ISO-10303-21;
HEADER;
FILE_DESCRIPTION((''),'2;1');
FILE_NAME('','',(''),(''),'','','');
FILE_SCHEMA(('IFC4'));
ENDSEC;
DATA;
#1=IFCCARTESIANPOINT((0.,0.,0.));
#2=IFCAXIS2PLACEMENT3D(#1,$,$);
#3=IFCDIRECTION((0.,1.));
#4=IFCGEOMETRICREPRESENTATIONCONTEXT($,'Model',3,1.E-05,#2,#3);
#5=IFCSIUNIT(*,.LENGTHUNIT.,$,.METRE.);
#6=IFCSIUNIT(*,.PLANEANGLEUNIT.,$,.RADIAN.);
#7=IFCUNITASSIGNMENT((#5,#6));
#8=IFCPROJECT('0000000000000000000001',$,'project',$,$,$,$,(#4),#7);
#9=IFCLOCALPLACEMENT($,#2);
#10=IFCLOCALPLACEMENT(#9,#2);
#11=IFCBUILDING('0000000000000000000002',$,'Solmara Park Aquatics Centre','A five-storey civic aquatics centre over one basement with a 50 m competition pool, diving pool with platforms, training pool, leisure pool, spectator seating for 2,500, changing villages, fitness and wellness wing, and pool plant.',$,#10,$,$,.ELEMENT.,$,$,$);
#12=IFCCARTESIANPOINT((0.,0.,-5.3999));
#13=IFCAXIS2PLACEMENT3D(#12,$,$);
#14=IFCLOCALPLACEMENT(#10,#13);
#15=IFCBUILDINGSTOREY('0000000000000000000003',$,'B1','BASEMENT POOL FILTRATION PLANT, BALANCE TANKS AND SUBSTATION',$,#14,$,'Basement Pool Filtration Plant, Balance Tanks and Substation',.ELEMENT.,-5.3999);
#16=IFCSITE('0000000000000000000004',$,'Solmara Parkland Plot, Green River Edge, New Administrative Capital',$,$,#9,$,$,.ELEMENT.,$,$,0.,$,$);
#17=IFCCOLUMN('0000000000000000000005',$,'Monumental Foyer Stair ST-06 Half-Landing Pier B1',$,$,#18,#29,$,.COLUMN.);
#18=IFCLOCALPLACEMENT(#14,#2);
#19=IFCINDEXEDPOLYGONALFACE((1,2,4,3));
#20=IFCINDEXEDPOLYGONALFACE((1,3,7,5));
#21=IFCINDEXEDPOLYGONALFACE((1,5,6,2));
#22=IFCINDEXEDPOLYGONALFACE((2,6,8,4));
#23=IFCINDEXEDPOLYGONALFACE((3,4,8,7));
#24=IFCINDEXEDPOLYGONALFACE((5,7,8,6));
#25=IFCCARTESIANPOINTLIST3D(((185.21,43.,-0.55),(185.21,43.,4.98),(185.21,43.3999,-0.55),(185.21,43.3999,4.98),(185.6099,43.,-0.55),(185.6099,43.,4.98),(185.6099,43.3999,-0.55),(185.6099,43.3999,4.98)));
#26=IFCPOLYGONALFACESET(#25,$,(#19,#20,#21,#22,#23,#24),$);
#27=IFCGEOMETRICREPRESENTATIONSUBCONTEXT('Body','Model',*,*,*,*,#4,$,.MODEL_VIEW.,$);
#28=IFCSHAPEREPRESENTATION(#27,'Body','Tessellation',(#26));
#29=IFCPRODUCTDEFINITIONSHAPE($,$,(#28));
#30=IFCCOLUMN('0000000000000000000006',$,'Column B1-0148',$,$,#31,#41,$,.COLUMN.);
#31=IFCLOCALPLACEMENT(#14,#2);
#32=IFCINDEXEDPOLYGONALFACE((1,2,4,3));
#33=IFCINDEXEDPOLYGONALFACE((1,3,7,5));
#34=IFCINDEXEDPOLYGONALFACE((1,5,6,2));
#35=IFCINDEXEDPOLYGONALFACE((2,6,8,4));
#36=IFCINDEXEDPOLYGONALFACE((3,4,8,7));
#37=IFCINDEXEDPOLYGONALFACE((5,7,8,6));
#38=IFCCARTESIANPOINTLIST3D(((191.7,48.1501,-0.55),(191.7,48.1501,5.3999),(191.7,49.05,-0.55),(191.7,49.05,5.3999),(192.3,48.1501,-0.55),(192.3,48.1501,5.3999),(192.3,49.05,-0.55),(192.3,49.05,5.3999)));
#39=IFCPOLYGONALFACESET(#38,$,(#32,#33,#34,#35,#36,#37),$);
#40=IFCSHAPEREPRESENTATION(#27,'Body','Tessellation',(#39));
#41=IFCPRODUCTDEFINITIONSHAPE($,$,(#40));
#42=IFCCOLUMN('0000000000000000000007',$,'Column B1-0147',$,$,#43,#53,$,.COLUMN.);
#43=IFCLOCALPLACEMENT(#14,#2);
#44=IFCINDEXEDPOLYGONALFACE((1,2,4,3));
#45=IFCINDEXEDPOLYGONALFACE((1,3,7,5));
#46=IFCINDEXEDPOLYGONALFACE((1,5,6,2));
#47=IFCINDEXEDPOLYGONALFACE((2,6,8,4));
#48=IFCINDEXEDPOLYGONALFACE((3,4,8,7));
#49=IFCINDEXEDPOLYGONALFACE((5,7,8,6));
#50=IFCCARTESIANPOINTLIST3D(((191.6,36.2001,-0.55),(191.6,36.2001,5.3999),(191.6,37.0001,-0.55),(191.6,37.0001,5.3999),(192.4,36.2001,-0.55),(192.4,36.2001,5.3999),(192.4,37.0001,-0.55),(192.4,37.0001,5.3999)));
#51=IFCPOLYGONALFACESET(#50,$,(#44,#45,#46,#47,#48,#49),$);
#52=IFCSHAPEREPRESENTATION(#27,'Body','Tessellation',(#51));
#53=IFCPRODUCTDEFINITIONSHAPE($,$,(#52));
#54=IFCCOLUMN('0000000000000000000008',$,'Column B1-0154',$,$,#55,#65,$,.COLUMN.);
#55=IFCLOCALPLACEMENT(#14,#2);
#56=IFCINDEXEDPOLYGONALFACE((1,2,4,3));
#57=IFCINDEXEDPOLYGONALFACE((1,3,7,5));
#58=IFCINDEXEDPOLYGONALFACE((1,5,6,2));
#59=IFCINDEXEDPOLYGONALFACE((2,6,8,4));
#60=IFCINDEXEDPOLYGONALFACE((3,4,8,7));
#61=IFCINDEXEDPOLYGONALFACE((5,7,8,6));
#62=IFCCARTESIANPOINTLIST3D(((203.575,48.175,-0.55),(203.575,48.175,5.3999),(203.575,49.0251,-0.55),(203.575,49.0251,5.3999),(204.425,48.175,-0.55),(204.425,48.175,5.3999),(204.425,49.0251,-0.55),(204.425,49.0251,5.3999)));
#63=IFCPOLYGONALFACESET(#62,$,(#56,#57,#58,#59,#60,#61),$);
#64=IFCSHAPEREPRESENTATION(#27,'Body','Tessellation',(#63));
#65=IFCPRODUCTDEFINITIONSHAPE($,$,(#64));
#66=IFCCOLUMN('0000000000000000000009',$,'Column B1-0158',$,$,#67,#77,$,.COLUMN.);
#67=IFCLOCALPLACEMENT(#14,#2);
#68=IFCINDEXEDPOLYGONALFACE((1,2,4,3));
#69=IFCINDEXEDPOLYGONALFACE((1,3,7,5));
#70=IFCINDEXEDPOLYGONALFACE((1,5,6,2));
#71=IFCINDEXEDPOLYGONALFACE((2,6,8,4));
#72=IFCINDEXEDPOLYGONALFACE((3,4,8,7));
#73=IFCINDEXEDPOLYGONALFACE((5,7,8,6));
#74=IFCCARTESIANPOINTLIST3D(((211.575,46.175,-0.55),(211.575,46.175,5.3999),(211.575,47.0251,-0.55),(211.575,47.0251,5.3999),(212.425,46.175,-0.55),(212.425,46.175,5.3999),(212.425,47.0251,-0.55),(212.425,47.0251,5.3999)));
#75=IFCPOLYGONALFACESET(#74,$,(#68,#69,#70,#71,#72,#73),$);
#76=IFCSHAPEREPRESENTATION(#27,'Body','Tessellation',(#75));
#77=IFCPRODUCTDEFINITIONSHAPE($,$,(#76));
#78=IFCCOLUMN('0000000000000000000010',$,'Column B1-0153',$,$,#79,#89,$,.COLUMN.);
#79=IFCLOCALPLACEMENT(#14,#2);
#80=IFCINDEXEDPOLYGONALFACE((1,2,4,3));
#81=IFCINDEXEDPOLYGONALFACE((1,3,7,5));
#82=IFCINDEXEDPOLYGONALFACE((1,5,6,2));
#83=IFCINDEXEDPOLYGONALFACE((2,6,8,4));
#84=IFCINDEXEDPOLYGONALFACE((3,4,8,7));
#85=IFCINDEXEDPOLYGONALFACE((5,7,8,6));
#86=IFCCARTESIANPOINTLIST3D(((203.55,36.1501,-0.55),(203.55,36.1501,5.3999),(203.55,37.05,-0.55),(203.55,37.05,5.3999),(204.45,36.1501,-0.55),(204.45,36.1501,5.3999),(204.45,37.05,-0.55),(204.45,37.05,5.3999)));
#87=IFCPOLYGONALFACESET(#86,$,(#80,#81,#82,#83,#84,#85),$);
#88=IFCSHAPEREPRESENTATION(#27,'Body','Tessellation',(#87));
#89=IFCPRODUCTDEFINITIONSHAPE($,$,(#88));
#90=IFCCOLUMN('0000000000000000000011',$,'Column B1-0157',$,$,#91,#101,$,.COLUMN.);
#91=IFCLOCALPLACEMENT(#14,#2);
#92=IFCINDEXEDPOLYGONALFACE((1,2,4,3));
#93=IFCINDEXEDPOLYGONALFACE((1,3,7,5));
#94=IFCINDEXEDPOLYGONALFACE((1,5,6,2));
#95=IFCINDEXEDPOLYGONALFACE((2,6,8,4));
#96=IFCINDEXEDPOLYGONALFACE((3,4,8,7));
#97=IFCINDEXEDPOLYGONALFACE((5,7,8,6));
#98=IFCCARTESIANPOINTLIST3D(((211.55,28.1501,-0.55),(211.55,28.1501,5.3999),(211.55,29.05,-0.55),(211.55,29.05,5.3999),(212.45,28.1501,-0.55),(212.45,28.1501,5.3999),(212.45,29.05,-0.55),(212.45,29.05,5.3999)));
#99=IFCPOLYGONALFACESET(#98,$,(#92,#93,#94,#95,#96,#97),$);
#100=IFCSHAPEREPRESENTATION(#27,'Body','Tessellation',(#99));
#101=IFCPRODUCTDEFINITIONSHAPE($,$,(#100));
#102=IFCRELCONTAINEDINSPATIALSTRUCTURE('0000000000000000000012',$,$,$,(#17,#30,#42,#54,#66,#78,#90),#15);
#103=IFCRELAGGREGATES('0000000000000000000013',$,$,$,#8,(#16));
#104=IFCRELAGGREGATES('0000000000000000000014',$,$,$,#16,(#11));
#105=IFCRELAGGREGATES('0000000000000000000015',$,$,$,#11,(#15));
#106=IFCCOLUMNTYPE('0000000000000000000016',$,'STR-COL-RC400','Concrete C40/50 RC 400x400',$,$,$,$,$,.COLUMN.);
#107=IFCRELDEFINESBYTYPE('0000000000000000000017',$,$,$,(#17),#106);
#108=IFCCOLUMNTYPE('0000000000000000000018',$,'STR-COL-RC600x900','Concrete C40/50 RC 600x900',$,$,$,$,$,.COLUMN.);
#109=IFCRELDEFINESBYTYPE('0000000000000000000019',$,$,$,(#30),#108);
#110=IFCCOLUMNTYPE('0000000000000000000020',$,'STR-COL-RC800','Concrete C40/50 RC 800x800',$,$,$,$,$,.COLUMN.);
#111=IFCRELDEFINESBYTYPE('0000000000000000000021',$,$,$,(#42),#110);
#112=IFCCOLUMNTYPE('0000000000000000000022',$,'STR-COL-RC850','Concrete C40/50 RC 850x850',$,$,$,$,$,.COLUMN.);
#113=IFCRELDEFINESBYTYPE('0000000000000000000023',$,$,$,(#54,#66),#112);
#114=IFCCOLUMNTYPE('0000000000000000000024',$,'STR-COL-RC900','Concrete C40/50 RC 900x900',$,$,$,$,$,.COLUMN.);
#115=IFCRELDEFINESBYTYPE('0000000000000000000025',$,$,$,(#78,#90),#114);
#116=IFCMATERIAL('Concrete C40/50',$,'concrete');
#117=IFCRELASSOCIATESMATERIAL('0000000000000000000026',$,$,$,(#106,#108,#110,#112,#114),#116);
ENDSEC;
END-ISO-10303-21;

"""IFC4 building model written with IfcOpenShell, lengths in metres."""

from ifc_helpers import new_model, si_unit, direction, frame, origin, origin_2d, place, context, subcontext, project, spatial, rectangle, extrude, material, material_profile, profile_set, type_object, element, save


model = new_model("IFC4")

# Units and contexts
model_context = context("Model", 3, precision=1e-05, world=origin(), true_north=direction((0.0, 1.0)))
body_context = subcontext(model_context, "Body", "Model", "MODEL_VIEW")
ifc_project = project(units=[si_unit("LENGTHUNIT", "METRE"), si_unit("PLANEANGLEUNIT", "RADIAN")], contexts=[model_context])

# Site, building, storey
site_placement = place(None, origin())
site = spatial("IfcSite", under=ifc_project, at=site_placement, Name="Solmara Parkland Plot, Green River Edge, New Administrative Capital", CompositionType="ELEMENT", RefElevation=0.0)
building_placement = place(site_placement, origin())
building = spatial("IfcBuilding", under=site, at=building_placement, Name="Solmara Park Aquatics Centre", Description="A five-storey civic aquatics centre over one basement with a 50 m competition pool, diving pool with platforms, training pool, leisure pool, spectator seating for 2,500, changing villages, fitness and wellness wing, and pool plant.", CompositionType="ELEMENT")
storey_placement = place(building_placement, frame((0.0, 0.0, -5.3999)))
storey = spatial("IfcBuildingStorey", under=building, at=storey_placement, Name="B1", Description="BASEMENT POOL FILTRATION PLANT, BALANCE TANKS AND SUBSTATION", LongName="Basement Pool Filtration Plant, Balance Tanks and Substation", CompositionType="ELEMENT", Elevation=-5.3999)

# Columns
ifc_material_1 = material(Name="Concrete C40/50", Category="concrete")
ifc_material_profile_1 = material_profile(ifc_material_1, rectangle(XDim=0.3999, YDim=0.3999, at=origin_2d()), Name="RC 400x400")
ifc_profile_set_1 = profile_set([ifc_material_profile_1], Name="Concrete C40/50")
column_type_1 = type_object("IfcColumnType", Name="STR-COL-RC400", Description="Concrete C40/50 RC 400x400", PredefinedType="COLUMN", material=ifc_profile_set_1)
column_1_placement = place(storey_placement, frame((185.4099, 43.2, -0.55), z_axis=(0.0, 0.0, 1.0), x_axis=(1.0, 0.0, 0.0)))
element("IfcColumn", 1, at=column_1_placement, inside=storey, type_object=column_type_1, Name="Monumental Foyer Stair ST-06 Half-Landing Pier B1", PredefinedType="COLUMN", context=body_context, shape_type="SweptSolid", body=[
    extrude(rectangle(XDim=0.3999, YDim=0.3999, at=origin_2d()), origin(), (0.0, 0.0, 1.0), 5.53),
])
ifc_material_profile_2 = material_profile(ifc_material_1, rectangle(XDim=0.6001, YDim=0.8999, at=origin_2d()), Name="RC 600x900")
ifc_profile_set_2 = profile_set([ifc_material_profile_2], Name="Concrete C40/50")
column_type_2 = type_object("IfcColumnType", Name="STR-COL-RC600x900", Description="Concrete C40/50 RC 600x900", PredefinedType="COLUMN", material=ifc_profile_set_2)
column_2_placement = place(storey_placement, frame((192.0, 48.6001, -0.55), z_axis=(0.0, 0.0, 1.0), x_axis=(1.0, 0.0, 0.0)))
element("IfcColumn", 2, at=column_2_placement, inside=storey, type_object=column_type_2, Name="Column B1-0148", PredefinedType="COLUMN", context=body_context, shape_type="SweptSolid", body=[
    extrude(rectangle(XDim=0.6001, YDim=0.8999, at=origin_2d()), origin(), (0.0, 0.0, 1.0), 5.95),
])
ifc_material_profile_3 = material_profile(ifc_material_1, rectangle(XDim=0.8, YDim=0.8, at=origin_2d()), Name="RC 800x800")
ifc_profile_set_3 = profile_set([ifc_material_profile_3], Name="Concrete C40/50")
column_type_3 = type_object("IfcColumnType", Name="STR-COL-RC800", Description="Concrete C40/50 RC 800x800", PredefinedType="COLUMN", material=ifc_profile_set_3)
column_3_placement = place(storey_placement, frame((192.0, 36.6001, -0.55), z_axis=(0.0, 0.0, 1.0), x_axis=(1.0, 0.0, 0.0)))
element("IfcColumn", 3, at=column_3_placement, inside=storey, type_object=column_type_3, Name="Column B1-0147", PredefinedType="COLUMN", context=body_context, shape_type="SweptSolid", body=[
    extrude(rectangle(XDim=0.8, YDim=0.8, at=origin_2d()), origin(), (0.0, 0.0, 1.0), 5.95),
])
ifc_material_profile_4 = material_profile(ifc_material_1, rectangle(XDim=0.8501, YDim=0.8501, at=origin_2d()), Name="RC 850x850")
ifc_profile_set_4 = profile_set([ifc_material_profile_4], Name="Concrete C40/50")
column_type_4 = type_object("IfcColumnType", Name="STR-COL-RC850", Description="Concrete C40/50 RC 850x850", PredefinedType="COLUMN", material=ifc_profile_set_4)
for number, where, z_axis, x_axis, name in (
    (4, (204.0, 48.6001, -0.55), (0.0, 0.0, 1.0), (1.0, 0.0, 0.0), "Column B1-0154"),
    (5, (212.0, 46.6001, -0.55), (0.0, 0.0, 1.0), (1.0, 0.0, 0.0), "Column B1-0158"),
):
    element("IfcColumn", number, at=place(storey_placement, frame(where, z_axis=z_axis, x_axis=x_axis)), inside=storey, type_object=column_type_4, Name=name, PredefinedType="COLUMN", context=body_context, shape_type="SweptSolid", body=[
        extrude(rectangle(XDim=0.8501, YDim=0.8501, at=origin_2d()), origin(), (0.0, 0.0, 1.0), 5.95),
    ])
ifc_material_profile_5 = material_profile(ifc_material_1, rectangle(XDim=0.8999, YDim=0.8999, at=origin_2d()), Name="RC 900x900")
ifc_profile_set_5 = profile_set([ifc_material_profile_5], Name="Concrete C40/50")
column_type_5 = type_object("IfcColumnType", Name="STR-COL-RC900", Description="Concrete C40/50 RC 900x900", PredefinedType="COLUMN", material=ifc_profile_set_5)
for number, where, z_axis, x_axis, name in (
    (6, (204.0, 36.6001, -0.55), (0.0, 0.0, 1.0), (1.0, 0.0, 0.0), "Column B1-0153"),
    (7, (212.0, 28.6001, -0.55), (0.0, 0.0, 1.0), (1.0, 0.0, 0.0), "Column B1-0157"),
):
    element("IfcColumn", number, at=place(storey_placement, frame(where, z_axis=z_axis, x_axis=x_axis)), inside=storey, type_object=column_type_5, Name=name, PredefinedType="COLUMN", context=body_context, shape_type="SweptSolid", body=[
        extrude(rectangle(XDim=0.8999, YDim=0.8999, at=origin_2d()), origin(), (0.0, 0.0, 1.0), 5.95),
    ])

save(model, "model.ifc")
